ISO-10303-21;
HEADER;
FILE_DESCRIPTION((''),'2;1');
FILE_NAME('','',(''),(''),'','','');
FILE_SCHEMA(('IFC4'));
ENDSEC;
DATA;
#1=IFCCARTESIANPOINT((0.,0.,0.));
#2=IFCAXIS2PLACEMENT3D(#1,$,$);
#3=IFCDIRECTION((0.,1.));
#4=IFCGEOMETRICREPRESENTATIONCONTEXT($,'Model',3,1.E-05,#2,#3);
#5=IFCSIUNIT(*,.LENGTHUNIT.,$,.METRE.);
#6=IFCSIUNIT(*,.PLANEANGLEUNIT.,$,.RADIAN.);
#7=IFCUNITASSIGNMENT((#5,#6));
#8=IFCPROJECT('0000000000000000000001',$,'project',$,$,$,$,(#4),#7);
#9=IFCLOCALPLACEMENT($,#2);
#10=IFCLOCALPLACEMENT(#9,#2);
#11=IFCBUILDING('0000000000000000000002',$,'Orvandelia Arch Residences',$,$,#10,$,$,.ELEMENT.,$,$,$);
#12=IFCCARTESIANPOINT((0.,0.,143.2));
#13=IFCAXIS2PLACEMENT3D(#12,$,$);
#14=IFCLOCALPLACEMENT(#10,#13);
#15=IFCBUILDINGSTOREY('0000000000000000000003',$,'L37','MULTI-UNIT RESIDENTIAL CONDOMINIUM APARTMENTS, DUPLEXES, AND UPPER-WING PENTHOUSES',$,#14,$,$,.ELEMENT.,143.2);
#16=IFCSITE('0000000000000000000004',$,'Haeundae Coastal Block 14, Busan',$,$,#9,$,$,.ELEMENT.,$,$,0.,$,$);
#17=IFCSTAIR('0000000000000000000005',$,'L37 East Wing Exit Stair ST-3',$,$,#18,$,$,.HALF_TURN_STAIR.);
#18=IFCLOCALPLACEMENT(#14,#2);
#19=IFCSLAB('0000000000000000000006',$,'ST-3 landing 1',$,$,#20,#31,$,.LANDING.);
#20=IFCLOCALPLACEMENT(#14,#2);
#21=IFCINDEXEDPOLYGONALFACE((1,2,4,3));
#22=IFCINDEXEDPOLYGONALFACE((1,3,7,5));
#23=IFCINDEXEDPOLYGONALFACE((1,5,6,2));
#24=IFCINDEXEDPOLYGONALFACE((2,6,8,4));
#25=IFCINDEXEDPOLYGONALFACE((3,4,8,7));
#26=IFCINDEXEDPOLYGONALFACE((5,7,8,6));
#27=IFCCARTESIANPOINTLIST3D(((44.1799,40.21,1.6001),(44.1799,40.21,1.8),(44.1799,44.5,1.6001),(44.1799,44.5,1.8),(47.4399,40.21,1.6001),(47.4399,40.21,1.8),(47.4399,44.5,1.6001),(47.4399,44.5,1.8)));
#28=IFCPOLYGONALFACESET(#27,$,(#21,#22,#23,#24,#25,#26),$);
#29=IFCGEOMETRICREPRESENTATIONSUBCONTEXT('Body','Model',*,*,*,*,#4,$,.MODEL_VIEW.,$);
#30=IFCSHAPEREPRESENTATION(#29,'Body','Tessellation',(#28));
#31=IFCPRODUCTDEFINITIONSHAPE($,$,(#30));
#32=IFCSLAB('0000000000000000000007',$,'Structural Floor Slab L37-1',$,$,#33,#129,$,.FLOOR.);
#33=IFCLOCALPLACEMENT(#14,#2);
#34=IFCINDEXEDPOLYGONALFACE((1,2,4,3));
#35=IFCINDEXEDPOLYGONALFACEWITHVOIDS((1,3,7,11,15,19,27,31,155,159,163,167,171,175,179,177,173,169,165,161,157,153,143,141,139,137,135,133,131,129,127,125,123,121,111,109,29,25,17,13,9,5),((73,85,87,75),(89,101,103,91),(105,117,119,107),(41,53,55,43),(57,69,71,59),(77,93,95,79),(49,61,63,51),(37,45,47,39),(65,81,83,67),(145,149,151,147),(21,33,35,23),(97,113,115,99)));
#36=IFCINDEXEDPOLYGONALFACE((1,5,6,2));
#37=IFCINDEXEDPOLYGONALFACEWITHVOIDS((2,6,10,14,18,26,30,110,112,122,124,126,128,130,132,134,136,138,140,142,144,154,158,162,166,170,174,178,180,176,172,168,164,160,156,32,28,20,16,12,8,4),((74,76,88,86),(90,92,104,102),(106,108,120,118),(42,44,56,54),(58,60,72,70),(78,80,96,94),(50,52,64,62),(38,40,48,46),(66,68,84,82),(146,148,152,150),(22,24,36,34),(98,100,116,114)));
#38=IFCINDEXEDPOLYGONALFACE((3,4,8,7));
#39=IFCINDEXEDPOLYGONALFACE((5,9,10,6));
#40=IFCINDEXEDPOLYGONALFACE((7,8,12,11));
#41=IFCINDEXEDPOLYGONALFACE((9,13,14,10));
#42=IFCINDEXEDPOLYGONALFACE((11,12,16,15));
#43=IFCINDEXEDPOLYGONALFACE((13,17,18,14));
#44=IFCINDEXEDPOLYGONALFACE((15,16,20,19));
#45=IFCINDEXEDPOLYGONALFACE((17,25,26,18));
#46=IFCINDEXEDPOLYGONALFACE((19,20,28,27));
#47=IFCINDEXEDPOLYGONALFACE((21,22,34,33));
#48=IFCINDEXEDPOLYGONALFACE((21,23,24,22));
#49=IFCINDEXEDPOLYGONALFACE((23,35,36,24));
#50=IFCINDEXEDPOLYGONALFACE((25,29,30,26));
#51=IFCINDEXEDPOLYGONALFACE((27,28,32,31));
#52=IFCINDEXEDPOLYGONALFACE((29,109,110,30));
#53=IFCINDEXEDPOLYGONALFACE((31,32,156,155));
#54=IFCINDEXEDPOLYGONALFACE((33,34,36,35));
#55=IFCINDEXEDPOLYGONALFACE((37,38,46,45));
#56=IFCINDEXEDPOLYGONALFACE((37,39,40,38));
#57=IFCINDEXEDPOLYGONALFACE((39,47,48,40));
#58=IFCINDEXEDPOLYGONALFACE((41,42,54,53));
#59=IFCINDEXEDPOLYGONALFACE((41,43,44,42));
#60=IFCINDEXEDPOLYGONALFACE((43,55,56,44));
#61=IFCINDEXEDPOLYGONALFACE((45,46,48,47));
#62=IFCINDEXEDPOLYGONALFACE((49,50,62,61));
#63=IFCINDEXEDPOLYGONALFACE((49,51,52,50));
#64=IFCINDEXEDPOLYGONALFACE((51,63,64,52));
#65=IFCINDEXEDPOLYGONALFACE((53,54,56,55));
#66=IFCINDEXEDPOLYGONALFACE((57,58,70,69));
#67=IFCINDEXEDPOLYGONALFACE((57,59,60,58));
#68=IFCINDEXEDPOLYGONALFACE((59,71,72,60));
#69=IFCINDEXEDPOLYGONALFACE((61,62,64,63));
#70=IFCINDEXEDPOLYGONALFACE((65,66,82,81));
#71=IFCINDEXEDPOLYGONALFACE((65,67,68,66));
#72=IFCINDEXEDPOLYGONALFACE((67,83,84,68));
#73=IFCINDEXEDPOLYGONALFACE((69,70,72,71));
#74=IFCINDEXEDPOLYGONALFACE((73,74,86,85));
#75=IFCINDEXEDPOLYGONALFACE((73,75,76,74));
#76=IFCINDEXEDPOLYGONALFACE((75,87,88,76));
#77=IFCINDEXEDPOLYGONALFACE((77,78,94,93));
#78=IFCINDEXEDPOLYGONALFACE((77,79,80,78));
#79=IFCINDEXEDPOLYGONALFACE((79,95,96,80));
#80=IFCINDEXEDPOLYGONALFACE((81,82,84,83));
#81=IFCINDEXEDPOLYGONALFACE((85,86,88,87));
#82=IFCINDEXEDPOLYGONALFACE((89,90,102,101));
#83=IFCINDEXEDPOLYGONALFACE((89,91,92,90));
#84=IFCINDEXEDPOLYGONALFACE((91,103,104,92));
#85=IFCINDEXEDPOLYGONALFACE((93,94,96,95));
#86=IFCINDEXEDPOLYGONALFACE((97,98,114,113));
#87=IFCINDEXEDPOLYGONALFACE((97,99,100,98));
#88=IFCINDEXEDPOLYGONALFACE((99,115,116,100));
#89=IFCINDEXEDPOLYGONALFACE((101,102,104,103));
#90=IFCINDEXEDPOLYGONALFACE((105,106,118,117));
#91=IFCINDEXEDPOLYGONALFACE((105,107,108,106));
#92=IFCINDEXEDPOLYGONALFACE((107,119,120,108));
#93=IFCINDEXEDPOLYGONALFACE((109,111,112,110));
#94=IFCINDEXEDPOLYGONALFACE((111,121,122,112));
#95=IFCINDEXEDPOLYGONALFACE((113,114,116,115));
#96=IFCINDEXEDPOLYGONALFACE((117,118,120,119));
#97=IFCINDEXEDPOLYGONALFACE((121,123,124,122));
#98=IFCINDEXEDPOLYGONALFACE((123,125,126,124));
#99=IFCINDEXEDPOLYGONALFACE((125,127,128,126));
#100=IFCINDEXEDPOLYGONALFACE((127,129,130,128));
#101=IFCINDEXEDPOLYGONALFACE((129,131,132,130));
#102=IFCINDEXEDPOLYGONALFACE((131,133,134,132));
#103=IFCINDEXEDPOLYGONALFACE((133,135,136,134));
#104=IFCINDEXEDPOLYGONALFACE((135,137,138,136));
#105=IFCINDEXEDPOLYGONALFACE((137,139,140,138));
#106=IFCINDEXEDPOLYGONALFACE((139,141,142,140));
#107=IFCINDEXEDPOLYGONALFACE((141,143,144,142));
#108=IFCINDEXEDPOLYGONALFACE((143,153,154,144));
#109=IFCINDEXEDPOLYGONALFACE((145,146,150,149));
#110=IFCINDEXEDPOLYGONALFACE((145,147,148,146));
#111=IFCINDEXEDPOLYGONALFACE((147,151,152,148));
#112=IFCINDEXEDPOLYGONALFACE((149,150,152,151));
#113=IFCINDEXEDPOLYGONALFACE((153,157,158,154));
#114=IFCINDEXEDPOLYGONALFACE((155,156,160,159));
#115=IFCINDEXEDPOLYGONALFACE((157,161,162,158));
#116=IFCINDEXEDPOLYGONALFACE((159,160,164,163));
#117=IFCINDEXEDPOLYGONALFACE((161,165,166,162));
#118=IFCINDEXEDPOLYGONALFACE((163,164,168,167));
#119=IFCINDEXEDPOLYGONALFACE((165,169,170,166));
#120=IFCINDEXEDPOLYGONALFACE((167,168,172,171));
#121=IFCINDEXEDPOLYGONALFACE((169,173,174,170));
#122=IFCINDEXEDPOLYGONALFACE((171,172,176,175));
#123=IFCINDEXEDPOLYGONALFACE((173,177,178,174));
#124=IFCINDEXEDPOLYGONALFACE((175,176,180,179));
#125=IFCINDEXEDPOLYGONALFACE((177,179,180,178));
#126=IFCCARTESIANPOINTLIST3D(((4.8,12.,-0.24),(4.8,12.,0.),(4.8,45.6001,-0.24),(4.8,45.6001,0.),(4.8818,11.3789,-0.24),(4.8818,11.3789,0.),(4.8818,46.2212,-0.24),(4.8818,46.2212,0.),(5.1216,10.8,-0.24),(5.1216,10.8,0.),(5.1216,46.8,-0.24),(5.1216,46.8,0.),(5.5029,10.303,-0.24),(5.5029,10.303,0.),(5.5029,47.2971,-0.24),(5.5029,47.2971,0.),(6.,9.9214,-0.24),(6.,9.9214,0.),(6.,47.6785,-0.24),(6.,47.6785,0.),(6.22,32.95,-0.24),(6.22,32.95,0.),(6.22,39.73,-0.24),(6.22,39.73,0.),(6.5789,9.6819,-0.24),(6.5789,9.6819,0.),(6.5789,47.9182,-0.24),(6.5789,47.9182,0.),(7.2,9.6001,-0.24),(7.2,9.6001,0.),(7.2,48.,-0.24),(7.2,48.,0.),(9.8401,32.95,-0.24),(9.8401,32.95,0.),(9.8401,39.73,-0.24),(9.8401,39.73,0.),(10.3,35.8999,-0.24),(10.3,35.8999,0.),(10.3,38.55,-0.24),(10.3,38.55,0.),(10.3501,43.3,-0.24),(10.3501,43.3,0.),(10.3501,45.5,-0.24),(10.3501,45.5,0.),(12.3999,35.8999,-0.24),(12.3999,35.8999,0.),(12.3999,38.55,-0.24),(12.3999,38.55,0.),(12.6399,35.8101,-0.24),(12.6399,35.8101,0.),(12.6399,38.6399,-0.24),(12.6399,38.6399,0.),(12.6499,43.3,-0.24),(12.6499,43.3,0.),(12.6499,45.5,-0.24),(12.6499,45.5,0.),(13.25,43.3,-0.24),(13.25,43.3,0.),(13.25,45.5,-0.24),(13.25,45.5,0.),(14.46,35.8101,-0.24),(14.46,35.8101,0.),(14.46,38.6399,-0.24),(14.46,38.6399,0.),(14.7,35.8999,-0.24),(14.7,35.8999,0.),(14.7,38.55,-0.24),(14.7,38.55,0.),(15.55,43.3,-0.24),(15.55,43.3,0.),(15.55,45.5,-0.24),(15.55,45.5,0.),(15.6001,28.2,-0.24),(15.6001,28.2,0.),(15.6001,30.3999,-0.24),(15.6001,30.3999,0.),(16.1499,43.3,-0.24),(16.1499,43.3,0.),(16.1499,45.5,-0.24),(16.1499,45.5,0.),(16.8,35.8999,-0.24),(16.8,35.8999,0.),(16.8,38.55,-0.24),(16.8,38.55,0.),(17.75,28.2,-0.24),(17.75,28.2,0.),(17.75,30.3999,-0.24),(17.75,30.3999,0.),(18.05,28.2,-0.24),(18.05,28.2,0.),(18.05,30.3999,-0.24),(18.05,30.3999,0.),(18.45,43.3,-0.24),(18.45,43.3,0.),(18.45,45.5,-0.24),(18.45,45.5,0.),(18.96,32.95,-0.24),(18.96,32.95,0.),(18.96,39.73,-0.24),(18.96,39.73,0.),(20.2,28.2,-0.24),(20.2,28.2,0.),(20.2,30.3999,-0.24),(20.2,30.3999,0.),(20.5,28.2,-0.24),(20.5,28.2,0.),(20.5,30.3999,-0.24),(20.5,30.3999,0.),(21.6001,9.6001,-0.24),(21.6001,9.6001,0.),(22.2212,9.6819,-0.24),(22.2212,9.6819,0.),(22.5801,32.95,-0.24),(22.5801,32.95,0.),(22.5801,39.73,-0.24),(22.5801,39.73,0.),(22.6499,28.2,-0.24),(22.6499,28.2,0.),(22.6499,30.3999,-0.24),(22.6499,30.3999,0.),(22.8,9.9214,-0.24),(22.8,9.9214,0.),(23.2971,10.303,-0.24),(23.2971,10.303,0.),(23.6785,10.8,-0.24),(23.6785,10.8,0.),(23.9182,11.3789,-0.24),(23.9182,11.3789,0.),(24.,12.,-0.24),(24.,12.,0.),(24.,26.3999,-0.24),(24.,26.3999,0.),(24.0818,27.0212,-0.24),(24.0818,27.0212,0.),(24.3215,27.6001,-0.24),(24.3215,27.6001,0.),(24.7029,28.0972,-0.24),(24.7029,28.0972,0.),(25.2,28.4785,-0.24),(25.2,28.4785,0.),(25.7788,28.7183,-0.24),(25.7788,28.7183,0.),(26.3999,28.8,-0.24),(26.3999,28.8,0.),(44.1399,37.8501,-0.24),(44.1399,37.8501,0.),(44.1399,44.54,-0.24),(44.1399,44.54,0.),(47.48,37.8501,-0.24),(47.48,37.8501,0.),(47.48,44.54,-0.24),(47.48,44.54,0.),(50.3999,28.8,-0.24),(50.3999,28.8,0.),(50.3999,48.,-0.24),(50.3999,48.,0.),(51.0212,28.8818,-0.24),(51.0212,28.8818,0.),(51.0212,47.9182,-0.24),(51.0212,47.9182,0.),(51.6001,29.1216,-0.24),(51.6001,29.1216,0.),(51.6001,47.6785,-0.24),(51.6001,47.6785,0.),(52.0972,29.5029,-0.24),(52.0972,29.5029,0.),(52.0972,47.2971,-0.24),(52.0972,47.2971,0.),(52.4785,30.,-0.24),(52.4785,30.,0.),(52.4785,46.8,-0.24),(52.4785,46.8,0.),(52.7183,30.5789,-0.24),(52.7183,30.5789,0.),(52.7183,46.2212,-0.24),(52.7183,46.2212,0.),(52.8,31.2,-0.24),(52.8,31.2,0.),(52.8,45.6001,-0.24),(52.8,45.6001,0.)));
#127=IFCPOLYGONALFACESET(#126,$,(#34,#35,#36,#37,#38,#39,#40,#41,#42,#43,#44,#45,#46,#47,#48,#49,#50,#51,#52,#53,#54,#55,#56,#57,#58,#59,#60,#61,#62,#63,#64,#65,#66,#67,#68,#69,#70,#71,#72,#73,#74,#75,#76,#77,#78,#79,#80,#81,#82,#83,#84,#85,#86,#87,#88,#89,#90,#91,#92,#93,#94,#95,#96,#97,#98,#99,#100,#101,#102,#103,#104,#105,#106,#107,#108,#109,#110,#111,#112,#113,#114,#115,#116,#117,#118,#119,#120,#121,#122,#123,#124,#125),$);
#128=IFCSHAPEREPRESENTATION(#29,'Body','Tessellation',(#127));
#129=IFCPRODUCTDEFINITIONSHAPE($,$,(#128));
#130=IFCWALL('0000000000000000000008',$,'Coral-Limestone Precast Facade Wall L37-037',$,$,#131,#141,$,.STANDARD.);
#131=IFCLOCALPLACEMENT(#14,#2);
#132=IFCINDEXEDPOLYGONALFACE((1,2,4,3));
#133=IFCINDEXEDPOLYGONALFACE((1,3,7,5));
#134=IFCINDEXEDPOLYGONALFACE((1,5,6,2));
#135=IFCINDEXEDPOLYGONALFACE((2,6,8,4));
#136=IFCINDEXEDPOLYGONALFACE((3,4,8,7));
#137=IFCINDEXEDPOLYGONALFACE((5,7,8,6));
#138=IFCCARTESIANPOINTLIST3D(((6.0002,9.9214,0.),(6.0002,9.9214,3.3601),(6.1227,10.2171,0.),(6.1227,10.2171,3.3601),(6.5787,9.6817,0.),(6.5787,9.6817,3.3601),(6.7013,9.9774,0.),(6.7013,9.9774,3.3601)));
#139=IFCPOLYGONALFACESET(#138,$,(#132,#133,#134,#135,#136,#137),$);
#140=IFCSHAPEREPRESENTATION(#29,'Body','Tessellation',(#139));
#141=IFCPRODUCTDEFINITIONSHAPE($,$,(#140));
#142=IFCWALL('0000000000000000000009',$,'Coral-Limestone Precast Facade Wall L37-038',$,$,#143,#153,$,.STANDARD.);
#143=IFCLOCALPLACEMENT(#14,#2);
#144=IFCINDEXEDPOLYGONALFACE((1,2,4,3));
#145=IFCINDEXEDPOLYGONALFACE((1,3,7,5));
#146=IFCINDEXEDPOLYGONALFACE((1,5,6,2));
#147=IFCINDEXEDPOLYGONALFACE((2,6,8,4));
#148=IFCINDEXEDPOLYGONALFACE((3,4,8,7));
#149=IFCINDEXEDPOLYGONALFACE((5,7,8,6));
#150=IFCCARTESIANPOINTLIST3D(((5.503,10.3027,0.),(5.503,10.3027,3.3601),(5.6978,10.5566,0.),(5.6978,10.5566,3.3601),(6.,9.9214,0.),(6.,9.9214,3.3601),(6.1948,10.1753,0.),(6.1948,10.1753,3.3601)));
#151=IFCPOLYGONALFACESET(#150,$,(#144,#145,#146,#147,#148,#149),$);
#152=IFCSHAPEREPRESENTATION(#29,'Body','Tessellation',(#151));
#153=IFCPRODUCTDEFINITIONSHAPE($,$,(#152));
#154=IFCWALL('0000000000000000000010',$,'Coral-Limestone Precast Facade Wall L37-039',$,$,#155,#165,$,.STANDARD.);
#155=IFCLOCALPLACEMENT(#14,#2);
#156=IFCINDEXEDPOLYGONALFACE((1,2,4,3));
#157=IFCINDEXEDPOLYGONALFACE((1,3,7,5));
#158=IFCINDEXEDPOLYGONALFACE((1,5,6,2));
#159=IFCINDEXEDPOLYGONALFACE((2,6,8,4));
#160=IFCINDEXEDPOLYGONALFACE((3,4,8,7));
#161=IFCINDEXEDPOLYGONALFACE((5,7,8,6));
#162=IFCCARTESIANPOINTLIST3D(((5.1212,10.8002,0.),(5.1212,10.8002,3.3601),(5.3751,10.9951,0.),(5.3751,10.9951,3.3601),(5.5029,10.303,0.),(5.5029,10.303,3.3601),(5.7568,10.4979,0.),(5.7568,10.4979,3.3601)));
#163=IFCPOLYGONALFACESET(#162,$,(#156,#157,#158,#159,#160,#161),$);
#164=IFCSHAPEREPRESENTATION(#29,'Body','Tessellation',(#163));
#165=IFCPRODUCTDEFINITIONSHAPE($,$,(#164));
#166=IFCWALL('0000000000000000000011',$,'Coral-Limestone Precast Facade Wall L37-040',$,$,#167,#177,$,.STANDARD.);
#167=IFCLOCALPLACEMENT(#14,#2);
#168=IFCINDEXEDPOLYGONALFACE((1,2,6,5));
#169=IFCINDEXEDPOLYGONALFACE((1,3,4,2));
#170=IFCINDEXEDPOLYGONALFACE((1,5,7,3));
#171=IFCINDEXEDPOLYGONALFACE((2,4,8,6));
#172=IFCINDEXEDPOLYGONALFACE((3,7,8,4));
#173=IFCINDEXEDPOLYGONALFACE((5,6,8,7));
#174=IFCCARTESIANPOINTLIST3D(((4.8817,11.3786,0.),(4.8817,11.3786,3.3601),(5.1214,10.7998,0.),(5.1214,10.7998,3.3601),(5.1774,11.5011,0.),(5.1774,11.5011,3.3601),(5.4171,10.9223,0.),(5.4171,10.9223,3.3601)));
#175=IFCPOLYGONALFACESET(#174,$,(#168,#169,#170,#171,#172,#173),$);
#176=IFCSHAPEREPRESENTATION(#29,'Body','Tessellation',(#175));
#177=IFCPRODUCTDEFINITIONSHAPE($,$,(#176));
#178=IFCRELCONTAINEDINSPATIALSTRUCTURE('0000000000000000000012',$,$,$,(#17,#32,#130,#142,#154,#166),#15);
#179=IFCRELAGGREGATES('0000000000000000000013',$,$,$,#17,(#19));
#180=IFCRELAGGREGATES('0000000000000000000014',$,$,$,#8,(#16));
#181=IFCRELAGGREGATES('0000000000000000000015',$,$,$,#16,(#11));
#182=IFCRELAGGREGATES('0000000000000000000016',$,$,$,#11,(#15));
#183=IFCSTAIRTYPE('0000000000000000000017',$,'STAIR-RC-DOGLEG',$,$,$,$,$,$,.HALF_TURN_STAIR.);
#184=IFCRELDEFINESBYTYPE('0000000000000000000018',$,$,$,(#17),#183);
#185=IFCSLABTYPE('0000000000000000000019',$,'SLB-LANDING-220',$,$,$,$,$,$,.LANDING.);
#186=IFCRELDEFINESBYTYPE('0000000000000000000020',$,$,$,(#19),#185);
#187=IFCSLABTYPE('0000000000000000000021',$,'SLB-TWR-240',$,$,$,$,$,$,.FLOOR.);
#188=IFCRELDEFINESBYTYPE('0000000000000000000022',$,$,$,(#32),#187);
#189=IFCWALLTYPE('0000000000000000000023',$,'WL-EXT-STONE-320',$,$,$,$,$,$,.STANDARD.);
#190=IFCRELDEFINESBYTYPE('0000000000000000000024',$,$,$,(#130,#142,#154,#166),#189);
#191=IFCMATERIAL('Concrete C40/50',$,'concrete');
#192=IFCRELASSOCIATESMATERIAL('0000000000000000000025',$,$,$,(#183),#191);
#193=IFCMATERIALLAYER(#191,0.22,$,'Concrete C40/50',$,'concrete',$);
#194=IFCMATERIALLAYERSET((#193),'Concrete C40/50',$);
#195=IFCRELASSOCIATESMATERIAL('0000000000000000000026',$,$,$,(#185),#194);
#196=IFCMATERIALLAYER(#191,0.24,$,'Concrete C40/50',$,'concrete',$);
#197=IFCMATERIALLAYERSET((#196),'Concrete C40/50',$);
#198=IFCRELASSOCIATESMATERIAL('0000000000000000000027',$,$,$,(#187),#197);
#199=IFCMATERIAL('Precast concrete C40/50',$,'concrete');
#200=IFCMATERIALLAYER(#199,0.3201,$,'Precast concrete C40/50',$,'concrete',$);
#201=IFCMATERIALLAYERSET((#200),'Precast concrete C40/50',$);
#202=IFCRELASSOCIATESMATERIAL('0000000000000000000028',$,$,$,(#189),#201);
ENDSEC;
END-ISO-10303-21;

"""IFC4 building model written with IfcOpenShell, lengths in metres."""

from ifc_helpers import new_model, si_unit, direction, frame, frame_2d, origin, place, context, subcontext, project, spatial, polyline, rectangle, outline, extrude, material, layer, layer_set, type_object, element, aggregate, save


model = new_model("IFC4")

# Units and contexts
model_context = context("Model", 3, precision=1e-05, world=origin(), true_north=direction((0.0, 1.0)))
body_context = subcontext(model_context, "Body", "Model", "MODEL_VIEW")
ifc_project = project(units=[si_unit("LENGTHUNIT", "METRE"), si_unit("PLANEANGLEUNIT", "RADIAN")], contexts=[model_context])

# Site, building, storey
site_placement = place(None, origin())
site = spatial("IfcSite", under=ifc_project, at=site_placement, Name="Haeundae Coastal Block 14, Busan", CompositionType="ELEMENT", RefElevation=0.0)
building_placement = place(site_placement, origin())
building = spatial("IfcBuilding", under=site, at=building_placement, Name="Orvandelia Arch Residences", CompositionType="ELEMENT")
storey_placement = place(building_placement, frame((0.0, 0.0, 143.2)))
storey = spatial("IfcBuildingStorey", under=building, at=storey_placement, Name="L37", Description="MULTI-UNIT RESIDENTIAL CONDOMINIUM APARTMENTS, DUPLEXES, AND UPPER-WING PENTHOUSES", CompositionType="ELEMENT", Elevation=143.2)

# Shared definitions
ifc_material_1 = material(Name="Precast concrete C40/50", Category="concrete")

# Stair, slab
ifc_material_2 = material(Name="Concrete C40/50", Category="concrete")
stair_type = type_object("IfcStairType", Name="STAIR-RC-DOGLEG", PredefinedType="HALF_TURN_STAIR", material=ifc_material_2)
ifc_layer_1 = layer(ifc_material_2, 0.22, Name="Concrete C40/50", Category="concrete")
ifc_layer_set_1 = layer_set([ifc_layer_1], Name="Concrete C40/50")
slab_type_1 = type_object("IfcSlabType", Name="SLB-LANDING-220", PredefinedType="LANDING", material=ifc_layer_set_1)
stair_1_placement = place(storey_placement, origin())
stair_1 = element("IfcStair", 1, at=stair_1_placement, inside=storey, type_object=stair_type, Name="L37 East Wing Exit Stair ST-3", PredefinedType="HALF_TURN_STAIR")
slab_1_placement = place(storey_placement, frame((0.0, 0.0, 1.6001)))
slab_1 = element("IfcSlab", 2, at=slab_1_placement, type_object=slab_type_1, Name="ST-3 landing 1", PredefinedType="LANDING", context=body_context, shape_type="SweptSolid", body=[
    extrude(outline(polyline([(47.4399, 40.21), (47.4399, 44.5), (44.1799, 44.5), (44.1799, 40.21), (47.4399, 40.21)])), origin(), (0.0, 0.0, 1.0), 0.2),
])
aggregate(stair_1, [slab_1])

# Slab
ifc_layer_2 = layer(ifc_material_2, 0.24, Name="Concrete C40/50", Category="concrete")
ifc_layer_set_2 = layer_set([ifc_layer_2], Name="Concrete C40/50")
slab_type_2 = type_object("IfcSlabType", Name="SLB-TWR-240", PredefinedType="FLOOR", material=ifc_layer_set_2)
slab_2_placement = place(storey_placement, frame((0.0, 0.0, -0.24)))
element("IfcSlab", 3, at=slab_2_placement, inside=storey, type_object=slab_type_2, Name="Structural Floor Slab L37-1", PredefinedType="FLOOR", context=body_context, shape_type="SweptSolid", body=[
    extrude(outline(polyline([(4.8, 12.0), (4.8818, 11.3789), (5.1216, 10.8), (5.5029, 10.303), (6.0, 9.9214), (6.5789, 9.6819), (7.2, 9.6001), (21.6001, 9.6001), (22.2212, 9.6819), (22.8, 9.9214), (23.2971, 10.303), (23.6785, 10.8), (23.9182, 11.3789), (24.0, 12.0), (24.0, 26.3999), (24.0818, 27.0212), (24.3215, 27.6001), (24.7029, 28.0972), (25.2, 28.4785), (25.7788, 28.7183), (26.3999, 28.8), (50.3999, 28.8), (51.0212, 28.8818), (51.6001, 29.1216), (52.0972, 29.5029), (52.4785, 30.0), (52.7183, 30.5789), (52.8, 31.2), (52.8, 45.6001), (52.7183, 46.2212), (52.4785, 46.8), (52.0972, 47.2971), (51.6001, 47.6785), (51.0212, 47.9182), (50.3999, 48.0), (7.2, 48.0), (6.5789, 47.9182), (6.0, 47.6785), (5.5029, 47.2971), (5.1216, 46.8), (4.8818, 46.2212), (4.8, 45.6001), (4.8, 12.0)]), holes=[polyline([(6.22, 32.95), (9.8401, 32.95), (9.8401, 39.73), (6.22, 39.73), (6.22, 32.95)]), polyline([(18.96, 32.95), (22.5801, 32.95), (22.5801, 39.73), (18.96, 39.73), (18.96, 32.95)]), polyline([(44.1399, 37.8501), (47.48, 37.8501), (47.48, 44.54), (44.1399, 44.54), (44.1399, 37.8501)]), polyline([(12.6399, 35.8101), (14.46, 35.8101), (14.46, 38.6399), (12.6399, 38.6399), (12.6399, 35.8101)]), polyline([(10.3, 35.8999), (12.3999, 35.8999), (12.3999, 38.55), (10.3, 38.55), (10.3, 35.8999)]), polyline([(14.7, 35.8999), (16.8, 35.8999), (16.8, 38.55), (14.7, 38.55), (14.7, 35.8999)]), polyline([(10.3501, 43.3), (12.6499, 43.3), (12.6499, 45.5), (10.3501, 45.5), (10.3501, 43.3)]), polyline([(13.25, 43.3), (15.55, 43.3), (15.55, 45.5), (13.25, 45.5), (13.25, 43.3)]), polyline([(16.1499, 43.3), (18.45, 43.3), (18.45, 45.5), (16.1499, 45.5), (16.1499, 43.3)]), polyline([(15.6001, 28.2), (17.75, 28.2), (17.75, 30.3999), (15.6001, 30.3999), (15.6001, 28.2)]), polyline([(18.05, 28.2), (20.2, 28.2), (20.2, 30.3999), (18.05, 30.3999), (18.05, 28.2)]), polyline([(20.5, 28.2), (22.6499, 28.2), (22.6499, 30.3999), (20.5, 30.3999), (20.5, 28.2)])]), origin(), (0.0, 0.0, 1.0), 0.24),
])

# Walls
ifc_layer_3 = layer(ifc_material_1, 0.3201, Name="Precast concrete C40/50", Category="concrete")
ifc_layer_set_3 = layer_set([ifc_layer_3], Name="Precast concrete C40/50")
wall_type = type_object("IfcWallType", Name="WL-EXT-STONE-320", PredefinedType="STANDARD", material=ifc_layer_set_3)
wall_1_placement = place(storey_placement, frame((6.6399, 9.8296, 0.0), z_axis=(0.0, 0.0, 1.0), x_axis=(-0.923836, 0.382788, 0.0)))
element("IfcWall", 4, at=wall_1_placement, inside=storey, type_object=wall_type, Name="Coral-Limestone Precast Facade Wall L37-037", PredefinedType="STANDARD", context=body_context, shape_type="SweptSolid", body=[
    extrude(rectangle(XDim=0.6262, YDim=0.3201, at=frame_2d((0.313, 0.0))), origin(), (0.0, 0.0, 1.0), 3.3601),
])
wall_2_placement = place(storey_placement, frame((6.0974, 10.0483, 0.0), z_axis=(0.0, 0.0, 1.0), x_axis=(-0.793406, 0.608693, 0.0)))
element("IfcWall", 5, at=wall_2_placement, inside=storey, type_object=wall_type, Name="Coral-Limestone Precast Facade Wall L37-038", PredefinedType="STANDARD", context=body_context, shape_type="SweptSolid", body=[
    extrude(rectangle(XDim=0.6265, YDim=0.3201, at=frame_2d((0.3132, 0.0))), origin(), (0.0, 0.0, 1.0), 3.3601),
])
wall_3_placement = place(storey_placement, frame((5.6299, 10.4004, 0.0), z_axis=(0.0, 0.0, 1.0), x_axis=(-0.608939, 0.793217, 0.0)))
element("IfcWall", 6, at=wall_3_placement, inside=storey, type_object=wall_type, Name="Coral-Limestone Precast Facade Wall L37-039", PredefinedType="STANDARD", context=body_context, shape_type="SweptSolid", body=[
    extrude(rectangle(XDim=0.6267, YDim=0.3201, at=frame_2d((0.3135, 0.0))), origin(), (0.0, 0.0, 1.0), 3.3601),
])
wall_4_placement = place(storey_placement, frame((5.2693, 10.8611, 0.0), z_axis=(0.0, 0.0, 1.0), x_axis=(-0.38265, 0.923893, 0.0)))
element("IfcWall", 7, at=wall_4_placement, inside=storey, type_object=wall_type, Name="Coral-Limestone Precast Facade Wall L37-040", PredefinedType="STANDARD", context=body_context, shape_type="SweptSolid", body=[
    extrude(rectangle(XDim=0.6265, YDim=0.3201, at=frame_2d((0.3132, 0.0))), origin(), (0.0, 0.0, 1.0), 3.3601),
])

save(model, "model.ifc")
